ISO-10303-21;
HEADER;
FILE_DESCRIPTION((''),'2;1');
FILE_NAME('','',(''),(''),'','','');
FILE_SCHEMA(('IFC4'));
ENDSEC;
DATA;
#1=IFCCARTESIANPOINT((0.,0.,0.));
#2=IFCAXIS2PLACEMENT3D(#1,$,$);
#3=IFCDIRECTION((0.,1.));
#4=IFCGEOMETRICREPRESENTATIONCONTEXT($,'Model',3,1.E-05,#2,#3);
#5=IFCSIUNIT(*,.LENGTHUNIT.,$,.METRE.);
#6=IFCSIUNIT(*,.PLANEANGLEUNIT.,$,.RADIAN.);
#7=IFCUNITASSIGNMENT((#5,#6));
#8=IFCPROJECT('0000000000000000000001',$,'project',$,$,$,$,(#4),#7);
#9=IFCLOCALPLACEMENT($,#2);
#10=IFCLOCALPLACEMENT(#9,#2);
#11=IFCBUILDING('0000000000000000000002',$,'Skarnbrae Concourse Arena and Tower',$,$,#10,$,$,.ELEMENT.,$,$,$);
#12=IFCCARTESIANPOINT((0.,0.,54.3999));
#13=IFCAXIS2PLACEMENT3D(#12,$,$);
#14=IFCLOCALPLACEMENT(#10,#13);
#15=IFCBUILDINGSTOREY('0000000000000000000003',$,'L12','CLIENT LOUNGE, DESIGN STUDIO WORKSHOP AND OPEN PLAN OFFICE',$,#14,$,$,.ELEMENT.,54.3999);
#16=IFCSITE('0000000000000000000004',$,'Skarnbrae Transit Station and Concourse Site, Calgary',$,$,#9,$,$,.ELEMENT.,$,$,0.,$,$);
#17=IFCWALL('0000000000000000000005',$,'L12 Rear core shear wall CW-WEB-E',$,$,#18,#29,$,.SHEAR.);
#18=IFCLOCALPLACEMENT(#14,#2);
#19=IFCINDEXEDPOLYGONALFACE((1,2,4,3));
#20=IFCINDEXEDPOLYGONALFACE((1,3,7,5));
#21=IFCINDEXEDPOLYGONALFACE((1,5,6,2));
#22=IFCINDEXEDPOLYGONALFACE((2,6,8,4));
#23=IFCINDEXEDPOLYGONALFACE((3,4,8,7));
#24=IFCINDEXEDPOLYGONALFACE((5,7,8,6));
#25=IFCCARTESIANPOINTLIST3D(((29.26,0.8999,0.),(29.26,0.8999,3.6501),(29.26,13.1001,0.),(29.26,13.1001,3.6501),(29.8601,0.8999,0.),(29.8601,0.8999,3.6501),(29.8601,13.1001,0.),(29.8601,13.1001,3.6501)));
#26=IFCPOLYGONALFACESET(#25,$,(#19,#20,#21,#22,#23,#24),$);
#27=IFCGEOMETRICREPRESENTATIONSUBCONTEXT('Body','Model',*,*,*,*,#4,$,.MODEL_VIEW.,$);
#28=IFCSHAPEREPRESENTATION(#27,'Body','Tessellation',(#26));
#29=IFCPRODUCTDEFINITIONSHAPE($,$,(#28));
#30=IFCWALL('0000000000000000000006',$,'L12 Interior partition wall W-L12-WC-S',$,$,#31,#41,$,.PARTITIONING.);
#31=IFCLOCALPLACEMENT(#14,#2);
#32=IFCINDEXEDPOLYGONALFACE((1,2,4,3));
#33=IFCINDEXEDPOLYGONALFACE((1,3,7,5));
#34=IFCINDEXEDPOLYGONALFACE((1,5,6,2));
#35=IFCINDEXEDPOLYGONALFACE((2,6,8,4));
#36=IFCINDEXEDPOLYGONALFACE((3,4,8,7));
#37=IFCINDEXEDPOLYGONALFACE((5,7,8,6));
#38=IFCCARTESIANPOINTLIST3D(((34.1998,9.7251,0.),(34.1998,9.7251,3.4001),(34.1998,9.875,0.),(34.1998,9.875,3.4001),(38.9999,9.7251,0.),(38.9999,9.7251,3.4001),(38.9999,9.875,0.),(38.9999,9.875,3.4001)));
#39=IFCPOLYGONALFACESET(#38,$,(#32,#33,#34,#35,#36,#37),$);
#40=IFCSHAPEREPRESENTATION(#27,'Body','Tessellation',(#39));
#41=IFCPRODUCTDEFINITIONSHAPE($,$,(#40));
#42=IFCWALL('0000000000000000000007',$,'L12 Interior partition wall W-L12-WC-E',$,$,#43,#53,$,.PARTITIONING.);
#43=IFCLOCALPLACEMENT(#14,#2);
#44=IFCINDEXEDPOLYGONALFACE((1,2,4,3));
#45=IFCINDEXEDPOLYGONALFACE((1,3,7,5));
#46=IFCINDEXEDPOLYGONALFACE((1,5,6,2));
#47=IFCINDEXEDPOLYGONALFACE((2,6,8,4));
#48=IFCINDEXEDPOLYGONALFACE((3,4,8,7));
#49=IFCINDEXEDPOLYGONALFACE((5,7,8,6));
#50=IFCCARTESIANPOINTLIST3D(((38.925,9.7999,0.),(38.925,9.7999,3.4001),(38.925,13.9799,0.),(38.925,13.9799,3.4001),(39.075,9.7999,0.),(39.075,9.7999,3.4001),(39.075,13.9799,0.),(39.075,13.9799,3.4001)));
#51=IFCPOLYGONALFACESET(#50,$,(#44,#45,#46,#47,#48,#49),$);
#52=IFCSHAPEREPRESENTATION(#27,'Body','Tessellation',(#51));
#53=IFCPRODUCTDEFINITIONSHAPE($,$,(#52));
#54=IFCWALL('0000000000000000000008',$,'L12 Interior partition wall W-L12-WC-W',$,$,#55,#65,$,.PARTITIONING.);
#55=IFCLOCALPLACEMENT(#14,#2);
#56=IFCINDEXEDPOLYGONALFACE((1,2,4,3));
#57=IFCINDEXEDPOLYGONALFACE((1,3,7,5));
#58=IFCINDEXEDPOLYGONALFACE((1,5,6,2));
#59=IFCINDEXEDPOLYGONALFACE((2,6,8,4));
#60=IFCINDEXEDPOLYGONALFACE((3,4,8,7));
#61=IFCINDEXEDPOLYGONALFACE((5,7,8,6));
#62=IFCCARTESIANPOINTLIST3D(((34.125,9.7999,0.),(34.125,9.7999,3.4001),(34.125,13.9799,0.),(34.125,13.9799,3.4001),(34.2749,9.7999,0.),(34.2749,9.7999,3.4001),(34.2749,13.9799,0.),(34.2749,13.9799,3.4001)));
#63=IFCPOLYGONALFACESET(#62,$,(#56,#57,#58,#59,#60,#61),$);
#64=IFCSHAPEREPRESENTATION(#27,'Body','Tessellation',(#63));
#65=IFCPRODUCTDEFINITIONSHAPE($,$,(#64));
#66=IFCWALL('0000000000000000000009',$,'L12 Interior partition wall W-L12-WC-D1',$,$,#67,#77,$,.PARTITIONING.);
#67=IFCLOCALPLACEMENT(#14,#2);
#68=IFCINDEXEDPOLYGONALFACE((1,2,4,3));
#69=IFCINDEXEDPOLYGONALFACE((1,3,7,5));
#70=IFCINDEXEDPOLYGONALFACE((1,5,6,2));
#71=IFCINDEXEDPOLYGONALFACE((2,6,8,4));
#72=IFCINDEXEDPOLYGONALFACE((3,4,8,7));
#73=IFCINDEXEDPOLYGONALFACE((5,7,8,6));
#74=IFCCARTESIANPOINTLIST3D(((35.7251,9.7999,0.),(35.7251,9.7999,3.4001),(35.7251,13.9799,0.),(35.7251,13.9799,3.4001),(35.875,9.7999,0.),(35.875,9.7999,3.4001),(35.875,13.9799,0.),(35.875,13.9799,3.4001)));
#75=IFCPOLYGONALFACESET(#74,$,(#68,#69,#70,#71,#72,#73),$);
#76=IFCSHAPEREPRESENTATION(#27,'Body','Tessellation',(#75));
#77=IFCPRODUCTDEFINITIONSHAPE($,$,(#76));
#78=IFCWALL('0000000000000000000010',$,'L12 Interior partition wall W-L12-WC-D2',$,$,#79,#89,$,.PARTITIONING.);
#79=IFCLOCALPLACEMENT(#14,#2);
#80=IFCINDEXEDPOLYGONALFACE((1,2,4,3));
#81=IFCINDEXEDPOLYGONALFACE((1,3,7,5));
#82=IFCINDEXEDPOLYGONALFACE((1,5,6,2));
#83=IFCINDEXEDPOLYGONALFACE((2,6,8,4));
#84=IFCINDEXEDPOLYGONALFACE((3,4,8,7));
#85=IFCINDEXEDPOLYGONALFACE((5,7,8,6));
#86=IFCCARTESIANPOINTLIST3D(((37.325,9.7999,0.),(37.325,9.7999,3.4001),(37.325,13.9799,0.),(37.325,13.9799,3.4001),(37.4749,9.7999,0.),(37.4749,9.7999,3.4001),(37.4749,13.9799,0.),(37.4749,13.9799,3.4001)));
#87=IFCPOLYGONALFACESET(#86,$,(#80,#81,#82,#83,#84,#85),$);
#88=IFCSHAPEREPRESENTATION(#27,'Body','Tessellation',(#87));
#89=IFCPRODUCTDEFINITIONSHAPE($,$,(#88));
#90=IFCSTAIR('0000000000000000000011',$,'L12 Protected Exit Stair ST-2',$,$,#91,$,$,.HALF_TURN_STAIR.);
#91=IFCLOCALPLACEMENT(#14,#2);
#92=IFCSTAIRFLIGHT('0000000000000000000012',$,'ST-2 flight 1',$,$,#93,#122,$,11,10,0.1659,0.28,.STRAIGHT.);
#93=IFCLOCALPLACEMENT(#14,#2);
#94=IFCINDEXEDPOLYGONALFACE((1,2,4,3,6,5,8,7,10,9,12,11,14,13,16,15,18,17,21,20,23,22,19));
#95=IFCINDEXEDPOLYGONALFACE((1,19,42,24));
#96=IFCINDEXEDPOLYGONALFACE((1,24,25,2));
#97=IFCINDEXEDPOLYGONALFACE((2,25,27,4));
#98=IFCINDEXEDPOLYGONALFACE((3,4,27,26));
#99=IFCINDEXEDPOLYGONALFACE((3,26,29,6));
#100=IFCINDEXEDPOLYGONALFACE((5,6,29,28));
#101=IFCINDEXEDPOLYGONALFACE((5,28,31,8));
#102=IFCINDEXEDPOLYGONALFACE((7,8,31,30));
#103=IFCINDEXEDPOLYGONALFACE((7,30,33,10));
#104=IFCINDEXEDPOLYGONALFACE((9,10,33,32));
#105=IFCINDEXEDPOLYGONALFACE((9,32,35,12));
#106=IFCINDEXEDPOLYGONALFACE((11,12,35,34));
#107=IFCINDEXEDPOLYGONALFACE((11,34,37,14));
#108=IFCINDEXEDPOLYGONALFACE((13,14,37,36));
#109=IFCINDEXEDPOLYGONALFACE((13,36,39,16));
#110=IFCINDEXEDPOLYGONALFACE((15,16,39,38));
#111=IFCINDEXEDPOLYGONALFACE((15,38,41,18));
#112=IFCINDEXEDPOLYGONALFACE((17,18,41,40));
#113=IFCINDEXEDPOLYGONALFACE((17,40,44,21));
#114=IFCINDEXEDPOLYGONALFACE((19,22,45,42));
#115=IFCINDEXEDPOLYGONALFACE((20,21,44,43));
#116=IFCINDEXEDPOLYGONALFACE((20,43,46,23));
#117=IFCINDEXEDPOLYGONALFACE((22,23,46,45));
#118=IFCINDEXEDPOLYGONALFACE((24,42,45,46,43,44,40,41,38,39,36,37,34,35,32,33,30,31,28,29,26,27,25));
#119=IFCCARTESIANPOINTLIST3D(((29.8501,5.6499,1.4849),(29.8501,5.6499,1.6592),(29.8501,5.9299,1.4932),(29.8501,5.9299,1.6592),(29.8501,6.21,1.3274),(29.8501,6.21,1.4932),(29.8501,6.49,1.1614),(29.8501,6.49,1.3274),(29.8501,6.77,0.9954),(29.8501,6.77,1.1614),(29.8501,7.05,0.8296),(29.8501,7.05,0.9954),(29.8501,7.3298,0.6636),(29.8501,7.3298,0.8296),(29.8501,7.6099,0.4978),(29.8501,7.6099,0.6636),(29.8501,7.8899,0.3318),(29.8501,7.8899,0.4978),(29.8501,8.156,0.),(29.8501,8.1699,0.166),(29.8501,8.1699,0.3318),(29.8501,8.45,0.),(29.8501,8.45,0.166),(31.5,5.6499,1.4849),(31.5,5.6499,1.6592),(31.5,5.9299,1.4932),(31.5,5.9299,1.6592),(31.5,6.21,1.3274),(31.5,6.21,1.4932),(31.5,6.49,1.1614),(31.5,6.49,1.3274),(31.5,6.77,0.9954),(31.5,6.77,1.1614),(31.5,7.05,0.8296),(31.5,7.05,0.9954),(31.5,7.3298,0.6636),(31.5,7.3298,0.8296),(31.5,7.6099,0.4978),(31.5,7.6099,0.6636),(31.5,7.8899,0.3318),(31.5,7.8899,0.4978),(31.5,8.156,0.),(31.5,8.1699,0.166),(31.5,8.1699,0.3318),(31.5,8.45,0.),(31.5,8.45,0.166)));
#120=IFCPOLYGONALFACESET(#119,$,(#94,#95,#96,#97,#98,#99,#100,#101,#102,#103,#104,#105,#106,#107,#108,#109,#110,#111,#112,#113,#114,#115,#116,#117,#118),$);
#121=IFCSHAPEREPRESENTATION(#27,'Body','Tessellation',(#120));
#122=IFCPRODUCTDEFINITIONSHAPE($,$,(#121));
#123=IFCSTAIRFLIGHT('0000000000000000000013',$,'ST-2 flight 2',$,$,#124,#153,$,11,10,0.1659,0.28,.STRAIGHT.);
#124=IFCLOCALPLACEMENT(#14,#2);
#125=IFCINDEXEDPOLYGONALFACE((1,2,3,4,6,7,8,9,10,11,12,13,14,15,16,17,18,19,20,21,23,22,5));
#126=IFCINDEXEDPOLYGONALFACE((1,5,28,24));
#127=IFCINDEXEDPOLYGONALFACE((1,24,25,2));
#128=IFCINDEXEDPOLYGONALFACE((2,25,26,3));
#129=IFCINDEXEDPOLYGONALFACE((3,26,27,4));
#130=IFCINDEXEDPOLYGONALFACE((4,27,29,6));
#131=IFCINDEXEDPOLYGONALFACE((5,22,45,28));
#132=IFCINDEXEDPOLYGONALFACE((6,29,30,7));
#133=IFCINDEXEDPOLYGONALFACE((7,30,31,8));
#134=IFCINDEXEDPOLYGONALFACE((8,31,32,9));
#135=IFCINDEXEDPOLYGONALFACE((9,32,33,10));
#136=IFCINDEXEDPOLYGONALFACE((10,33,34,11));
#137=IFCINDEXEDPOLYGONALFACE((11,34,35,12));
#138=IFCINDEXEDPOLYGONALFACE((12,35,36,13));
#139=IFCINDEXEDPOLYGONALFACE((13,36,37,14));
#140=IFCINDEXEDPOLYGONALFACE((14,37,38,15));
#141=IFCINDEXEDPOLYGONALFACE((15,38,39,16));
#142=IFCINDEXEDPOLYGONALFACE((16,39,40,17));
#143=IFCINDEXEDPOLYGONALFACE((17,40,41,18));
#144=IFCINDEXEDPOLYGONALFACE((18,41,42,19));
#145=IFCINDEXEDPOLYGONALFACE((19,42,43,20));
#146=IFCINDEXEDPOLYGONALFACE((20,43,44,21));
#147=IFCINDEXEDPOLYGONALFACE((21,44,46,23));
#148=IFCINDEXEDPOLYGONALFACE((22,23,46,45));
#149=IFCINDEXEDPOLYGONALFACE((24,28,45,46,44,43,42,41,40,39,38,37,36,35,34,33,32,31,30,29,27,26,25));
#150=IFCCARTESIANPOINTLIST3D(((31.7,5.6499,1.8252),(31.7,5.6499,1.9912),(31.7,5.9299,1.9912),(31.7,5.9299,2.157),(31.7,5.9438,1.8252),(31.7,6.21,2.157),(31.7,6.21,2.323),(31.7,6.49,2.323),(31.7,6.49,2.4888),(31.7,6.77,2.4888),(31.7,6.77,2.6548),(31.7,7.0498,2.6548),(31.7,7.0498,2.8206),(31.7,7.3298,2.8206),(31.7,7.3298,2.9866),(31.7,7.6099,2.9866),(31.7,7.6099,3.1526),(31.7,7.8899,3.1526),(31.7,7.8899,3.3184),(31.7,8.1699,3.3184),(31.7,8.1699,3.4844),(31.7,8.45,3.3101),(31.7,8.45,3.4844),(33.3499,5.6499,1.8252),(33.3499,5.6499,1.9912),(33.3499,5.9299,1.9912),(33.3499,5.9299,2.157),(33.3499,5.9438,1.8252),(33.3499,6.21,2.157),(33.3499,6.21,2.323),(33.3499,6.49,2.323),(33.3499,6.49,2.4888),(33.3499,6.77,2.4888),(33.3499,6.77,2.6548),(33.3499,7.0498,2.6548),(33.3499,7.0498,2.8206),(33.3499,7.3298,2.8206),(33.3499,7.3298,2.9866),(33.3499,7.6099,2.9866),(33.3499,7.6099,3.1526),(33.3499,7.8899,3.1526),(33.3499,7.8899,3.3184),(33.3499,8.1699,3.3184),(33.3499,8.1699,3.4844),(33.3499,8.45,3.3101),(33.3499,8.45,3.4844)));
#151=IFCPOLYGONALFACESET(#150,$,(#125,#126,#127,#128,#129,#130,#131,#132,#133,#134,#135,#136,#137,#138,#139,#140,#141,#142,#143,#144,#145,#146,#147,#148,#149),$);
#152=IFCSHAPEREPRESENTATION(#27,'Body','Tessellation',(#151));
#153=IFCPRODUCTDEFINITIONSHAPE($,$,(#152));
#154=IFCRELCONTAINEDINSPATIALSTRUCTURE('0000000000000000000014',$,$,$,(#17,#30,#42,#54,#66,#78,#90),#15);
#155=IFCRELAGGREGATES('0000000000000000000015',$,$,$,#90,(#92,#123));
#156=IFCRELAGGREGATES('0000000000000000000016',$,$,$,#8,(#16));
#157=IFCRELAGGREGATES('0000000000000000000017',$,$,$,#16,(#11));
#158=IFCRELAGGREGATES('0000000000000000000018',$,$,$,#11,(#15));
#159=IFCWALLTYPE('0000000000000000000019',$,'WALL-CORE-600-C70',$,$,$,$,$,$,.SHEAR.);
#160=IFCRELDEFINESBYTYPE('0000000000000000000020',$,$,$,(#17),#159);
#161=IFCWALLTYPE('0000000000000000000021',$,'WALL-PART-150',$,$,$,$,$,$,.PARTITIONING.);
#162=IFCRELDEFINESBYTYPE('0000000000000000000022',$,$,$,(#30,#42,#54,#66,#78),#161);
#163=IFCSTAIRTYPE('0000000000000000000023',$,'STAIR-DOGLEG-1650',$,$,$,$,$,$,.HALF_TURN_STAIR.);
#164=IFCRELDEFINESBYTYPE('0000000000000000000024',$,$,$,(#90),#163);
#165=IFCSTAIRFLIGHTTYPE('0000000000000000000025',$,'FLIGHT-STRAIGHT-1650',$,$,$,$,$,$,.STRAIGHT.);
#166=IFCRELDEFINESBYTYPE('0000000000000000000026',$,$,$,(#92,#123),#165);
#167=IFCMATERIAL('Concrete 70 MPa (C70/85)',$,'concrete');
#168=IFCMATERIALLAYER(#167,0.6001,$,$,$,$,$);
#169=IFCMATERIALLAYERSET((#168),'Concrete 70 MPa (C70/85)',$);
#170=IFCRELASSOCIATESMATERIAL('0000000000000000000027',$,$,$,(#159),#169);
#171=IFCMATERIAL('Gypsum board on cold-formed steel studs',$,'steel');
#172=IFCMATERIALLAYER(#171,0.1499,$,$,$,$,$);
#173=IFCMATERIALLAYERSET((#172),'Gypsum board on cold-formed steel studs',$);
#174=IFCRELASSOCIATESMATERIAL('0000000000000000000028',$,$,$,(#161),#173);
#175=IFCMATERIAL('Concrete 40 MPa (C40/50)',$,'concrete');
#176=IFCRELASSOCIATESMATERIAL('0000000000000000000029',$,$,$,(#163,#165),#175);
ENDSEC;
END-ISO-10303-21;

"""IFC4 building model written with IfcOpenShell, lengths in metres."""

from ifc_helpers import new_model, si_unit, direction, frame, frame_2d, origin, place, context, subcontext, project, spatial, polyline, rectangle, outline, extrude, source, transform, mapped, material, layer, layer_set, type_object, element, aggregate, save


model = new_model("IFC4")

# Units and contexts
model_context = context("Model", 3, precision=1e-05, world=origin(), true_north=direction((0.0, 1.0)))
body_context = subcontext(model_context, "Body", "Model", "MODEL_VIEW")
ifc_project = project(units=[si_unit("LENGTHUNIT", "METRE"), si_unit("PLANEANGLEUNIT", "RADIAN")], contexts=[model_context])

# Site, building, storey
site_placement = place(None, origin())
site = spatial("IfcSite", under=ifc_project, at=site_placement, Name="Skarnbrae Transit Station and Concourse Site, Calgary", CompositionType="ELEMENT", RefElevation=0.0)
building_placement = place(site_placement, origin())
building = spatial("IfcBuilding", under=site, at=building_placement, Name="Skarnbrae Concourse Arena and Tower", CompositionType="ELEMENT")
storey_placement = place(building_placement, frame((0.0, 0.0, 54.3999)))
storey = spatial("IfcBuildingStorey", under=building, at=storey_placement, Name="L12", Description="CLIENT LOUNGE, DESIGN STUDIO WORKSHOP AND OPEN PLAN OFFICE", CompositionType="ELEMENT", Elevation=54.3999)

# Wall
ifc_material_1 = material(Name="Concrete 70 MPa (C70/85)", Category="concrete")
ifc_layer_1 = layer(ifc_material_1, 0.6001)
ifc_layer_set_1 = layer_set([ifc_layer_1], Name="Concrete 70 MPa (C70/85)")
wall_type_1 = type_object("IfcWallType", Name="WALL-CORE-600-C70", PredefinedType="SHEAR", material=ifc_layer_set_1)
shared_shape_1 = source(origin(), body_context, "Body", "SweptSolid", [
    extrude(rectangle(XDim=12.2002, YDim=0.6001, at=frame_2d((6.1001, 0.0))), origin(), (0.0, 0.0, 1.0), 3.6501),
])
wall_1_placement = place(storey_placement, frame((29.5601, 0.8999, 0.0), z_axis=(0.0, 0.0, 1.0), x_axis=(0.0, 1.0, 0.0)))
element("IfcWall", 1, at=wall_1_placement, inside=storey, type_object=wall_type_1, Name="L12 Rear core shear wall CW-WEB-E", PredefinedType="SHEAR", context=body_context, shape_type="MappedRepresentation", body=[
    mapped(shared_shape_1, transform((0.0, 0.0, 0.0))),
])

# Walls
ifc_material_2 = material(Name="Gypsum board on cold-formed steel studs", Category="steel")
ifc_layer_2 = layer(ifc_material_2, 0.1499)
ifc_layer_set_2 = layer_set([ifc_layer_2], Name="Gypsum board on cold-formed steel studs")
wall_type_2 = type_object("IfcWallType", Name="WALL-PART-150", PredefinedType="PARTITIONING", material=ifc_layer_set_2)
shared_shape_2 = source(origin(), body_context, "Body", "SweptSolid", [
    extrude(rectangle(XDim=4.8, YDim=0.1499, at=frame_2d((2.3999, 0.0))), origin(), (0.0, 0.0, 1.0), 3.4001),
])
wall_2_placement = place(storey_placement, frame((34.2, 9.8, 0.0), z_axis=(0.0, 0.0, 1.0), x_axis=(1.0, 0.0, 0.0)))
element("IfcWall", 2, at=wall_2_placement, inside=storey, type_object=wall_type_2, Name="L12 Interior partition wall W-L12-WC-S", PredefinedType="PARTITIONING", context=body_context, shape_type="MappedRepresentation", body=[
    mapped(shared_shape_2, transform((0.0, 0.0, 0.0))),
])
shared_shape_3 = source(origin(), body_context, "Body", "SweptSolid", [
    extrude(rectangle(XDim=4.1799, YDim=0.1499, at=frame_2d((2.0898, 0.0))), origin(), (0.0, 0.0, 1.0), 3.4001),
])
for number, where, z_axis, x_axis, name in (
    (3, (39.0, 9.8, 0.0), (0.0, 0.0, 1.0), (0.0, 1.0, 0.0), "L12 Interior partition wall W-L12-WC-E"),
    (4, (34.2, 9.8, 0.0), (0.0, 0.0, 1.0), (0.0, 1.0, 0.0), "L12 Interior partition wall W-L12-WC-W"),
    (5, (35.8, 9.8, 0.0), (0.0, 0.0, 1.0), (0.0, 1.0, 0.0), "L12 Interior partition wall W-L12-WC-D1"),
    (6, (37.3999, 9.8, 0.0), (0.0, 0.0, 1.0), (0.0, 1.0, 0.0), "L12 Interior partition wall W-L12-WC-D2"),
):
    element("IfcWall", number, at=place(storey_placement, frame(where, z_axis=z_axis, x_axis=x_axis)), inside=storey, type_object=wall_type_2, Name=name, PredefinedType="PARTITIONING", context=body_context, shape_type="MappedRepresentation", body=[
        mapped(shared_shape_3, transform((0.0, 0.0, 0.0))),
    ])

# Stair, stair flights
ifc_material_3 = material(Name="Concrete 40 MPa (C40/50)", Category="concrete")
stair_type = type_object("IfcStairType", Name="STAIR-DOGLEG-1650", PredefinedType="HALF_TURN_STAIR", material=ifc_material_3)
stair_placement = place(storey_placement, origin())
stair = element("IfcStair", 7, at=stair_placement, inside=storey, type_object=stair_type, Name="L12 Protected Exit Stair ST-2", PredefinedType="HALF_TURN_STAIR")
stair_flight_type = type_object("IfcStairFlightType", Name="FLIGHT-STRAIGHT-1650", PredefinedType="STRAIGHT", material=ifc_material_3)
shared_shape_4 = source(origin(), body_context, "Body", "SweptSolid", [
    extrude(outline(polyline([(0.0, 0.0), (0.0, 0.166), (0.28, 0.166), (0.28, 0.3318), (0.5601, 0.3318), (0.5601, 0.4978), (0.8401, 0.4978), (0.8401, 0.6636), (1.1201, 0.6636), (1.1201, 0.8296), (1.3999, 0.8296), (1.3999, 0.9954), (1.6799, 0.9954), (1.6799, 1.1614), (1.96, 1.1614), (1.96, 1.3274), (2.24, 1.3274), (2.24, 1.4932), (2.52, 1.4932), (2.52, 1.6592), (2.8, 1.6592), (2.8, 1.825), (2.8, 1.4849), (0.2939, 0.0), (0.0, 0.0)])), frame((0.0, 0.825, 0.0), z_axis=(0.0, -1.0, 0.0), x_axis=(1.0, 0.0, 0.0)), (0.0, 0.0, 1.0), 1.6499),
])
stair_flight_1_placement = place(storey_placement, frame((30.675, 8.45, 0.0), z_axis=(0.0, 0.0, 1.0), x_axis=(0.0, -1.0, 0.0)))
stair_flight_1 = element("IfcStairFlight", 8, at=stair_flight_1_placement, type_object=stair_flight_type, Name="ST-2 flight 1", NumberOfRisers=11, NumberOfTreads=10, PredefinedType="STRAIGHT", RiserHeight=0.1659, TreadLength=0.28, context=body_context, shape_type="MappedRepresentation", body=[
    mapped(shared_shape_4, transform((0.0, 0.0, 0.0))),
])
stair_flight_2_placement = place(storey_placement, frame((32.5249, 5.6499, 1.8252), z_axis=(0.0, 0.0, 1.0), x_axis=(0.0, 1.0, 0.0)))
stair_flight_2 = element("IfcStairFlight", 9, at=stair_flight_2_placement, type_object=stair_flight_type, Name="ST-2 flight 2", NumberOfRisers=11, NumberOfTreads=10, PredefinedType="STRAIGHT", RiserHeight=0.1659, TreadLength=0.28, context=body_context, shape_type="MappedRepresentation", body=[
    mapped(shared_shape_4, transform((0.0, 0.0, 0.0))),
])
aggregate(stair, [stair_flight_1, stair_flight_2])

save(model, "model.ifc")
